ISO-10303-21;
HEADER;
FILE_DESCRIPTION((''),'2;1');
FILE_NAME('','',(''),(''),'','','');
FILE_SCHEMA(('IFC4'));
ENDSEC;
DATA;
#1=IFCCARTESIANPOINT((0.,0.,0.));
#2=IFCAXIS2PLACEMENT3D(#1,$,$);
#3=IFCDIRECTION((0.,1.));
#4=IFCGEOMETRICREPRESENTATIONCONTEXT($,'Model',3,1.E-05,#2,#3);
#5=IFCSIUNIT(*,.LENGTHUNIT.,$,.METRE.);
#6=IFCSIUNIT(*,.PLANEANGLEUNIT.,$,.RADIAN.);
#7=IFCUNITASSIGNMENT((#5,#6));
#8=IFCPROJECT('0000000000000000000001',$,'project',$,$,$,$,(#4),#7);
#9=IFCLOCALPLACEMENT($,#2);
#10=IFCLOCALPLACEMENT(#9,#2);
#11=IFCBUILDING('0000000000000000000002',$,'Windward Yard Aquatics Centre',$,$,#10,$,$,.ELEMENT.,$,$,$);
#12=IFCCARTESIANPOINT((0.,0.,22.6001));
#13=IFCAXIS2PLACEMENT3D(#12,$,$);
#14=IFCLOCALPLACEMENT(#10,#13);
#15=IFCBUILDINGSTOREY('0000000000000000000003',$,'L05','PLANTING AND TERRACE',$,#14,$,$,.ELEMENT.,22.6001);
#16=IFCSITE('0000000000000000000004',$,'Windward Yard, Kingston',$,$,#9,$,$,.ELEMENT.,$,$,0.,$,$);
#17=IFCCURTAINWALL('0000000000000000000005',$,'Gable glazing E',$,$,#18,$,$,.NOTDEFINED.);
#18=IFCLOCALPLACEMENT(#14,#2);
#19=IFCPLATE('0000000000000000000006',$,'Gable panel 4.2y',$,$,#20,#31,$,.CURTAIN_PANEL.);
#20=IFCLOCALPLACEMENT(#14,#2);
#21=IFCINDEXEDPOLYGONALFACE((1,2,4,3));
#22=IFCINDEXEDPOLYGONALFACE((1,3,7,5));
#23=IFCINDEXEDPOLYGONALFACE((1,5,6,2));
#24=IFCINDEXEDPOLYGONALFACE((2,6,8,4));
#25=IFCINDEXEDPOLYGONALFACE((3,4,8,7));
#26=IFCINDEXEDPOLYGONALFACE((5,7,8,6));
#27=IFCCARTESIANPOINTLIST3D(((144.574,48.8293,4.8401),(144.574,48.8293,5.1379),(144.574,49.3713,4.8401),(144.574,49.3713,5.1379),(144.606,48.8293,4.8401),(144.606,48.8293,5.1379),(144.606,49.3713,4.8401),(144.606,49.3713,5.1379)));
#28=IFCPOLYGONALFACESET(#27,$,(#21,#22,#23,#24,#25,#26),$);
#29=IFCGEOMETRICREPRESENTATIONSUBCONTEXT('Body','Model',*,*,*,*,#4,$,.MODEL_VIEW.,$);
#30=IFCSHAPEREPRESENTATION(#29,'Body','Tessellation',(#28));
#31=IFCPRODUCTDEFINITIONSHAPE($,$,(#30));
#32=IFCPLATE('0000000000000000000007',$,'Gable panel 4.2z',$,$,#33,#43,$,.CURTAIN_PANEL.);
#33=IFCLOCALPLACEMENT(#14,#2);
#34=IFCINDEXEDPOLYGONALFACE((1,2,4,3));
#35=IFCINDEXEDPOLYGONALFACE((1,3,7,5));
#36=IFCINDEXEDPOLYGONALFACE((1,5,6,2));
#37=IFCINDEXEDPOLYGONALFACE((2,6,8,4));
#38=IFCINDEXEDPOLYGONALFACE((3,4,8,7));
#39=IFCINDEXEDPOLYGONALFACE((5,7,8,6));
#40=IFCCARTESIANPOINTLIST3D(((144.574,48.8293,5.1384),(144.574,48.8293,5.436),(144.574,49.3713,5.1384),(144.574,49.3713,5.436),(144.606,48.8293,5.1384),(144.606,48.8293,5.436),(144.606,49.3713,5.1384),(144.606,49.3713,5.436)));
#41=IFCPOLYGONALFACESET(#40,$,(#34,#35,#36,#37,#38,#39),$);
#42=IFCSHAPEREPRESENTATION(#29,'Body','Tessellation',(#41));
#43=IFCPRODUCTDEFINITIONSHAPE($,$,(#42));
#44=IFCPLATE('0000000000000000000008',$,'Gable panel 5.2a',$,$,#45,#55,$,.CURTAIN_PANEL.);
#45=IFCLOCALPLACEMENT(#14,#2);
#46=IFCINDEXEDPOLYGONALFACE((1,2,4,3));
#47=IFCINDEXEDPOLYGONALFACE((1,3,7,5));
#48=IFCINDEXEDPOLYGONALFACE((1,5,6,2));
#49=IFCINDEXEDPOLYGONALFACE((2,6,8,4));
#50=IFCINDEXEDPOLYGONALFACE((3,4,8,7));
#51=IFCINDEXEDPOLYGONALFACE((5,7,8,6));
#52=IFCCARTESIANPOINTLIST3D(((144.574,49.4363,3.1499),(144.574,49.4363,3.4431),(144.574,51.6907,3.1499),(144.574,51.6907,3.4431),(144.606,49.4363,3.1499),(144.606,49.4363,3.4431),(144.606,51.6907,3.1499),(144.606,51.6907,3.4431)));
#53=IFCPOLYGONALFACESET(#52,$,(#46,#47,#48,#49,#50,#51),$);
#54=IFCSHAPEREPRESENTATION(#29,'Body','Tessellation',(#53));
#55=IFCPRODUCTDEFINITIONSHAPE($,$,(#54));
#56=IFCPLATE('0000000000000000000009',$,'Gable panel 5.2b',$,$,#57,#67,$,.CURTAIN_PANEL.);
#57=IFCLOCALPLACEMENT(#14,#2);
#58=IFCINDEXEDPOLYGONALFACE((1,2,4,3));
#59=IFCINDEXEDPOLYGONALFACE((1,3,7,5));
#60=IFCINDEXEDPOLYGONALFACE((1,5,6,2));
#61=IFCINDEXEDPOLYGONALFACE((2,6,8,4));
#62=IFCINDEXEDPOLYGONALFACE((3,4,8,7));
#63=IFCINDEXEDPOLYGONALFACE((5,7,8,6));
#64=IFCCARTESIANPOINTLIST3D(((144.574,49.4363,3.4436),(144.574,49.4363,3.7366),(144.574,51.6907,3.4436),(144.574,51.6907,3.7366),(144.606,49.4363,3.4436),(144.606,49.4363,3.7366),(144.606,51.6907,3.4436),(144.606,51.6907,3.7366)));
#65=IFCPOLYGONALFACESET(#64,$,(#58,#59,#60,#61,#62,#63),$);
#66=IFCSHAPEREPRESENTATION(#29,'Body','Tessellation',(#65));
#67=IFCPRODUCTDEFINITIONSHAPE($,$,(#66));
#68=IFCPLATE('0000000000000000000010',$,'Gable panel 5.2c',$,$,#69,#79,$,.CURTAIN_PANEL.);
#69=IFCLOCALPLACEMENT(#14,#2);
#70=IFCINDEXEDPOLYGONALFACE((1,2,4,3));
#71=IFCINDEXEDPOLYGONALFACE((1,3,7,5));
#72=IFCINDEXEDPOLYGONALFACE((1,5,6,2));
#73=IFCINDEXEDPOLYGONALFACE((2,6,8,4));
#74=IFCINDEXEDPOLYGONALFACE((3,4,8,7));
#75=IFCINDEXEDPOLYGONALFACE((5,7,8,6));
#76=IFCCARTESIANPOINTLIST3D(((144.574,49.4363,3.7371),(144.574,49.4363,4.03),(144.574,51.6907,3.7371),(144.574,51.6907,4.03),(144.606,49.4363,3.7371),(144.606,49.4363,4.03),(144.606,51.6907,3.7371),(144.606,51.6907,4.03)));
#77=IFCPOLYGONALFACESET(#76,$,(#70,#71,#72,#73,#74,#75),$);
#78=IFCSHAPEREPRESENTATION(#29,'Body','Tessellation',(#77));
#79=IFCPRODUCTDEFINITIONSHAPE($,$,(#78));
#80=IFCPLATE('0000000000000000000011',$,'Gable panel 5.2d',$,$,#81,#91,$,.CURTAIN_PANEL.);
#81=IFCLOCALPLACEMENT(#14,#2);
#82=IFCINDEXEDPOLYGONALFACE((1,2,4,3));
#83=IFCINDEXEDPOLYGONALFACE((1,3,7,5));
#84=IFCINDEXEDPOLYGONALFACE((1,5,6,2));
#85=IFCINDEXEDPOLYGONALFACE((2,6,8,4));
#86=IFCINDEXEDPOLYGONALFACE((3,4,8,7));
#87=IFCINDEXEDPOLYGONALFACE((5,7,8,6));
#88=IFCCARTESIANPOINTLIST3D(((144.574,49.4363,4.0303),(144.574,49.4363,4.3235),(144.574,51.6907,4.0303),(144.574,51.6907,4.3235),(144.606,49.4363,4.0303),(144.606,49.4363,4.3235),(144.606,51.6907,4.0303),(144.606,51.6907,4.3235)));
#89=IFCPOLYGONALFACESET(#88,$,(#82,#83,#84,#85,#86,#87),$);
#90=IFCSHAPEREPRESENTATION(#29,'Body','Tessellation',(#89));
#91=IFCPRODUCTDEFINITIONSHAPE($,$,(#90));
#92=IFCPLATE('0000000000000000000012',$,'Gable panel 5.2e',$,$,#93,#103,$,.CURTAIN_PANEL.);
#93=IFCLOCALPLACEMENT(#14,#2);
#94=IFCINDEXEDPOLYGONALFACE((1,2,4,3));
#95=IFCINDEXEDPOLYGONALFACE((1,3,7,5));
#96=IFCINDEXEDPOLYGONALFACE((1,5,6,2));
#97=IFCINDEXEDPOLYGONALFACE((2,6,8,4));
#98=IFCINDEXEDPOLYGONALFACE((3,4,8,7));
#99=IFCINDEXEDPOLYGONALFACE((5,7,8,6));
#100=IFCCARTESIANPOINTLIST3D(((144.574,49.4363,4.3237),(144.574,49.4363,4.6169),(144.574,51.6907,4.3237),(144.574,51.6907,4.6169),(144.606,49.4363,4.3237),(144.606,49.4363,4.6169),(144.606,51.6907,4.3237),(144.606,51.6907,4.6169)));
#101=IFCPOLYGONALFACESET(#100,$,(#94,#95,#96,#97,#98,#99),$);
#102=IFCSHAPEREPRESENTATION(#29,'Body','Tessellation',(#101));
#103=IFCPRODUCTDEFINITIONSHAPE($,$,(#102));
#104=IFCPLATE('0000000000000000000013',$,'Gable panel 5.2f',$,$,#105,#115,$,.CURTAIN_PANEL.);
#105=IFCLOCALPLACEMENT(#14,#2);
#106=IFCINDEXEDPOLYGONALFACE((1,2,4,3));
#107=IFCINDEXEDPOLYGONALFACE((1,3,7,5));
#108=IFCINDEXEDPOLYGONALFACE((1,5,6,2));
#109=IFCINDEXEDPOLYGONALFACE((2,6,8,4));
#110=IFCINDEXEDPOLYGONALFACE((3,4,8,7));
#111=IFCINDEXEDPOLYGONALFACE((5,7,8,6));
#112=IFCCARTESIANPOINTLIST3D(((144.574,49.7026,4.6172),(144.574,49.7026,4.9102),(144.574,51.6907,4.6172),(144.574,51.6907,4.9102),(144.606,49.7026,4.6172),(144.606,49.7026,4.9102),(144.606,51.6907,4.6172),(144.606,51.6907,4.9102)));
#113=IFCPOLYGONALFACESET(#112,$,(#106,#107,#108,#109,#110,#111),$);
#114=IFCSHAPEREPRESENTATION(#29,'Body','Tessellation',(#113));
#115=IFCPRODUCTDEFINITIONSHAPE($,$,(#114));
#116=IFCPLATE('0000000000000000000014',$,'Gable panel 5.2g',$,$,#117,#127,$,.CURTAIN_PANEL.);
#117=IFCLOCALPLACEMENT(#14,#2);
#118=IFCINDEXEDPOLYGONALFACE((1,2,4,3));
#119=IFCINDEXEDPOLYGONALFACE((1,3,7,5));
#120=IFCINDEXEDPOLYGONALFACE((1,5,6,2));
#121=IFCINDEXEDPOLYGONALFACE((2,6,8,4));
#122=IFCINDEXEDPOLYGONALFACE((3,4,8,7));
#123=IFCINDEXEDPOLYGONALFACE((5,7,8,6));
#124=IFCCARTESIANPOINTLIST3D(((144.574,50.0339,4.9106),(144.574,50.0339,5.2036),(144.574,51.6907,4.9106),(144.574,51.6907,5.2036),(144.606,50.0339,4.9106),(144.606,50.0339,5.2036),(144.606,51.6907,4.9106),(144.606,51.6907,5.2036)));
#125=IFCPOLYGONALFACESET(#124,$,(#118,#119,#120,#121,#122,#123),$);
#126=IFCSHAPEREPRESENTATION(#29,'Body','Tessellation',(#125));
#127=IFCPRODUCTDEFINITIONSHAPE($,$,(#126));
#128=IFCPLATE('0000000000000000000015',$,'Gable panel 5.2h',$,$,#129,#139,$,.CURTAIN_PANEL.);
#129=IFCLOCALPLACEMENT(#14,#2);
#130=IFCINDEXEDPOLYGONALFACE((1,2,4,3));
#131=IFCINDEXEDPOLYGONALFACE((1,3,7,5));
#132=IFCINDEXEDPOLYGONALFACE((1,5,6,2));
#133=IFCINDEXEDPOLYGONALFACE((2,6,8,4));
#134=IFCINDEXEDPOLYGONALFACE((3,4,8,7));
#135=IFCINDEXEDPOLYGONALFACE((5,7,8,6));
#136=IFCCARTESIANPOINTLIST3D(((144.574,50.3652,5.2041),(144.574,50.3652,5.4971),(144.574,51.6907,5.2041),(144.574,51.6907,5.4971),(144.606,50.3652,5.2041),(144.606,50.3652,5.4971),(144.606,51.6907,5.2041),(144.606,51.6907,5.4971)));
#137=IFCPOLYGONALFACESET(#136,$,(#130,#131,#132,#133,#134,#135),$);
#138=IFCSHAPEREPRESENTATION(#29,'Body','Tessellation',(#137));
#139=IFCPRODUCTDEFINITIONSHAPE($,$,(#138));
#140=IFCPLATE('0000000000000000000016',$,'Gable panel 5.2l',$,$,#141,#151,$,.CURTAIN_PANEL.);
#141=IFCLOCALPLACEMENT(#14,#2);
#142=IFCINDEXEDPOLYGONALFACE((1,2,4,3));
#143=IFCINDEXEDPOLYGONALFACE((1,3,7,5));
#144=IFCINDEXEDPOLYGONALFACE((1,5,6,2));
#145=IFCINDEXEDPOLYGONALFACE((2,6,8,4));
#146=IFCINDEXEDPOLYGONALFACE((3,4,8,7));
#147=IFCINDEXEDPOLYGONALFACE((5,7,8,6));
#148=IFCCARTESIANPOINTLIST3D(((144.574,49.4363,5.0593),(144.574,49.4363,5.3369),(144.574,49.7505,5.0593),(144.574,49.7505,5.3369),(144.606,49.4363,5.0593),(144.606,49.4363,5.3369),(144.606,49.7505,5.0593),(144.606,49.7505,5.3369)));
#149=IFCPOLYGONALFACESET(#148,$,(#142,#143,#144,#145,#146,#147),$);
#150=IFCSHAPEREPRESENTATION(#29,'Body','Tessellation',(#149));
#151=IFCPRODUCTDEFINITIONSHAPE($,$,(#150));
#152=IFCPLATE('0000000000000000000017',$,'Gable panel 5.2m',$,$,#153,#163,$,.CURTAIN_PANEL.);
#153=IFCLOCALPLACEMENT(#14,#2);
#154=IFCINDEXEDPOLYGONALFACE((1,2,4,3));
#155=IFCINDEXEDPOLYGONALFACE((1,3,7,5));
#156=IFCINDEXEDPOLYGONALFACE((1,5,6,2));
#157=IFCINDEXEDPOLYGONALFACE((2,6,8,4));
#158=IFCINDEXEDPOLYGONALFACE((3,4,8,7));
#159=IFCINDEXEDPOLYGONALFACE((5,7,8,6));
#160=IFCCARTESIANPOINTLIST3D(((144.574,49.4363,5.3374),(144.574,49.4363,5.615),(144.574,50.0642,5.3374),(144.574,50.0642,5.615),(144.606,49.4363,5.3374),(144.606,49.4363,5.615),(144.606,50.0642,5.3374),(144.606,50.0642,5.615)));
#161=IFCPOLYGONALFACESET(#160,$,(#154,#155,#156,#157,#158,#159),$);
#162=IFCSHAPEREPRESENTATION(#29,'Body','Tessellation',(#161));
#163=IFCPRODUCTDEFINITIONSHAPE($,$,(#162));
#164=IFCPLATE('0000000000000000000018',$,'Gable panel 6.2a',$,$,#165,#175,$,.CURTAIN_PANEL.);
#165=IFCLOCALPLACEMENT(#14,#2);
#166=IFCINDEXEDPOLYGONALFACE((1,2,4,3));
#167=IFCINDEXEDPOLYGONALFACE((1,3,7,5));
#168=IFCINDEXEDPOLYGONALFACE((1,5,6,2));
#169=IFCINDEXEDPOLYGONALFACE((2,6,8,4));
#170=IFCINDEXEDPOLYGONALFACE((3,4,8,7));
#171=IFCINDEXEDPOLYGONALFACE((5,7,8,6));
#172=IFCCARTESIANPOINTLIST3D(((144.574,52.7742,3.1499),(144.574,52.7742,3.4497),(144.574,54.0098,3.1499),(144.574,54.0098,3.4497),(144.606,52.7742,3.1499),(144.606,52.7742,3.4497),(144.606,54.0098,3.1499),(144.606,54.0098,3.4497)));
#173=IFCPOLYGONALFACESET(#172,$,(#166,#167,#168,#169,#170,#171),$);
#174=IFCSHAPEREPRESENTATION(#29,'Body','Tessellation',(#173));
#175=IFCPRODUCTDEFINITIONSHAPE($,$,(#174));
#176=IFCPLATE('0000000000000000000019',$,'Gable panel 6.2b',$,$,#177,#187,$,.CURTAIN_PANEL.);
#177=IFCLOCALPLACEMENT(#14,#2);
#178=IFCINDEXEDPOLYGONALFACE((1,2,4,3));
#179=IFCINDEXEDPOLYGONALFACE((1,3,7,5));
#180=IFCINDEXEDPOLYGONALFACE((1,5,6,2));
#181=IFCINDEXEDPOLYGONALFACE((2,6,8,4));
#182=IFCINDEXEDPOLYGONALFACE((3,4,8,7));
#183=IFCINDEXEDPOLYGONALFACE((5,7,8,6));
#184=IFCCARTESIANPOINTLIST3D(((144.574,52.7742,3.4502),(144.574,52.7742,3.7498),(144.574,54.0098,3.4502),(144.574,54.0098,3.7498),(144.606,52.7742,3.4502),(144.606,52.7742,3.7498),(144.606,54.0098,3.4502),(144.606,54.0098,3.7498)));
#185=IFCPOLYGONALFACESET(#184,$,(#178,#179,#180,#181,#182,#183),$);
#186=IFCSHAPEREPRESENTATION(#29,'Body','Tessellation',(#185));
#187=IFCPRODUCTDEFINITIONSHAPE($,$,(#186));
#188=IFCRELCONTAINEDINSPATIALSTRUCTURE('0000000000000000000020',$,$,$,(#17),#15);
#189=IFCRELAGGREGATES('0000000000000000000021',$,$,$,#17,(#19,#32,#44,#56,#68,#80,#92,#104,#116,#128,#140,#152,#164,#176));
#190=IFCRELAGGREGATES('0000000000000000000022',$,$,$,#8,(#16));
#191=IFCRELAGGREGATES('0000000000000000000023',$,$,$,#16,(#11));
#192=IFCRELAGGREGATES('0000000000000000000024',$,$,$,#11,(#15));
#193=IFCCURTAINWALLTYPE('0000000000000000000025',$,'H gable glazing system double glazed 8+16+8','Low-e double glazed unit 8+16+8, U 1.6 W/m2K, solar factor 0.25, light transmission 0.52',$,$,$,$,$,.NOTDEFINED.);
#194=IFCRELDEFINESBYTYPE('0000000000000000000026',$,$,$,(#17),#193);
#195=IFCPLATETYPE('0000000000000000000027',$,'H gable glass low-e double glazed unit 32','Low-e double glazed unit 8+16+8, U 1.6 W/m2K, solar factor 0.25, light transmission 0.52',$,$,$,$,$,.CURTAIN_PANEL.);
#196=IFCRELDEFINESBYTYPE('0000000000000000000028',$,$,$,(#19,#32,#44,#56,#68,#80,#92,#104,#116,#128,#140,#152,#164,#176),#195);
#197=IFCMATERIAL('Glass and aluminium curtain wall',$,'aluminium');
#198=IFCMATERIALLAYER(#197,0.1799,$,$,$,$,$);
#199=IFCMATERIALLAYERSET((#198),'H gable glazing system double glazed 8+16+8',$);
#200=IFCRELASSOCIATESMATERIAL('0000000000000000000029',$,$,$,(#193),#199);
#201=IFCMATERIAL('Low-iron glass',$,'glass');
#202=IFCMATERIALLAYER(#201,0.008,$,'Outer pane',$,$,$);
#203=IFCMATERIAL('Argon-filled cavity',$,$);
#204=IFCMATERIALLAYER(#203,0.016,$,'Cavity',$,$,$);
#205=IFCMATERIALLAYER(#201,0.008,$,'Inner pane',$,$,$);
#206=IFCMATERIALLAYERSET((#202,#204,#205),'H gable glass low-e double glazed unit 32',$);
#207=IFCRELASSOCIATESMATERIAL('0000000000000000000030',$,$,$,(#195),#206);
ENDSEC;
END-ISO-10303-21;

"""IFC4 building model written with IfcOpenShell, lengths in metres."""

from ifc_helpers import new_model, si_unit, direction, frame, origin, place, context, subcontext, project, spatial, polyline, outline, extrude, material, layer, layer_set, type_object, element, aggregate, save


model = new_model("IFC4")

# Units and contexts
model_context = context("Model", 3, precision=1e-05, world=origin(), true_north=direction((0.0, 1.0)))
body_context = subcontext(model_context, "Body", "Model", "MODEL_VIEW")
ifc_project = project(units=[si_unit("LENGTHUNIT", "METRE"), si_unit("PLANEANGLEUNIT", "RADIAN")], contexts=[model_context])

# Site, building, storey
site_placement = place(None, origin())
site = spatial("IfcSite", under=ifc_project, at=site_placement, Name="Windward Yard, Kingston", CompositionType="ELEMENT", RefElevation=0.0)
building_placement = place(site_placement, origin())
building = spatial("IfcBuilding", under=site, at=building_placement, Name="Windward Yard Aquatics Centre", CompositionType="ELEMENT")
storey_placement = place(building_placement, frame((0.0, 0.0, 22.6001)))
storey = spatial("IfcBuildingStorey", under=building, at=storey_placement, Name="L05", Description="PLANTING AND TERRACE", CompositionType="ELEMENT", Elevation=22.6001)

# Curtain wall, plates
ifc_material_1 = material(Name="Glass and aluminium curtain wall", Category="aluminium")
ifc_layer_1 = layer(ifc_material_1, 0.1799)
ifc_layer_set_1 = layer_set([ifc_layer_1], Name="H gable glazing system double glazed 8+16+8")
curtain_wall_type = type_object("IfcCurtainWallType", Name="H gable glazing system double glazed 8+16+8", Description="Low-e double glazed unit 8+16+8, U 1.6 W/m2K, solar factor 0.25, light transmission 0.52", PredefinedType="NOTDEFINED", material=ifc_layer_set_1)
curtain_wall_placement = place(storey_placement, origin())
curtain_wall = element("IfcCurtainWall", 1, at=curtain_wall_placement, inside=storey, type_object=curtain_wall_type, Name="Gable glazing E", PredefinedType="NOTDEFINED")
ifc_material_2 = material(Name="Low-iron glass", Category="glass")
ifc_layer_2 = layer(ifc_material_2, 0.008, Name="Outer pane")
ifc_material_3 = material(Name="Argon-filled cavity")
ifc_layer_3 = layer(ifc_material_3, 0.016, Name="Cavity")
ifc_layer_4 = layer(ifc_material_2, 0.008, Name="Inner pane")
ifc_layer_set_2 = layer_set([ifc_layer_2, ifc_layer_3, ifc_layer_4], Name="H gable glass low-e double glazed unit 32")
plate_type = type_object("IfcPlateType", Name="H gable glass low-e double glazed unit 32", Description="Low-e double glazed unit 8+16+8, U 1.6 W/m2K, solar factor 0.25, light transmission 0.52", PredefinedType="CURTAIN_PANEL", material=ifc_layer_set_2)
plate_1_placement = place(storey_placement, frame((144.606, 48.8293, 4.8401), z_axis=(1.0, 0.0, 0.0), x_axis=(0.0, 1.0, 0.0)))
plate_1 = element("IfcPlate", 2, at=plate_1_placement, type_object=plate_type, Name="Gable panel 4.2y", PredefinedType="CURTAIN_PANEL", context=body_context, shape_type="SweptSolid", body=[
    extrude(outline(polyline([(0.0, 0.0), (0.542, 0.0), (0.542, 0.2979), (0.0, 0.2979), (0.0, 0.0)])), origin(), (0.0, 0.0, -1.0), 0.032),
])
plate_2_placement = place(storey_placement, frame((144.606, 48.8293, 5.1384), z_axis=(1.0, 0.0, 0.0), x_axis=(0.0, 1.0, 0.0)))
plate_2 = element("IfcPlate", 3, at=plate_2_placement, type_object=plate_type, Name="Gable panel 4.2z", PredefinedType="CURTAIN_PANEL", context=body_context, shape_type="SweptSolid", body=[
    extrude(outline(polyline([(0.0, 0.0), (0.542, 0.0), (0.542, 0.2976), (0.0, 0.2976), (0.0, 0.0)])), origin(), (0.0, 0.0, -1.0), 0.032),
])
plate_3_placement = place(storey_placement, frame((144.606, 49.4363, 3.1499), z_axis=(1.0, 0.0, 0.0), x_axis=(0.0, 1.0, 0.0)))
plate_3 = element("IfcPlate", 4, at=plate_3_placement, type_object=plate_type, Name="Gable panel 5.2a", PredefinedType="CURTAIN_PANEL", context=body_context, shape_type="SweptSolid", body=[
    extrude(outline(polyline([(0.0, 0.0), (2.2544, 0.0), (2.2544, 0.2932), (0.0, 0.2932), (0.0, 0.0)])), origin(), (0.0, 0.0, -1.0), 0.032),
])
plate_4_placement = place(storey_placement, frame((144.606, 49.4363, 3.4436), z_axis=(1.0, 0.0, 0.0), x_axis=(0.0, 1.0, 0.0)))
plate_4 = element("IfcPlate", 5, at=plate_4_placement, type_object=plate_type, Name="Gable panel 5.2b", PredefinedType="CURTAIN_PANEL", context=body_context, shape_type="SweptSolid", body=[
    extrude(outline(polyline([(0.0, 0.0), (2.2544, 0.0), (2.2544, 0.293), (0.0, 0.293), (0.0, 0.0)])), origin(), (0.0, 0.0, -1.0), 0.032),
])
plate_5_placement = place(storey_placement, frame((144.606, 49.4363, 3.7371), z_axis=(1.0, 0.0, 0.0), x_axis=(0.0, 1.0, 0.0)))
plate_5 = element("IfcPlate", 6, at=plate_5_placement, type_object=plate_type, Name="Gable panel 5.2c", PredefinedType="CURTAIN_PANEL", context=body_context, shape_type="SweptSolid", body=[
    extrude(outline(polyline([(0.0, 0.0), (2.2544, 0.0), (2.2544, 0.293), (0.0, 0.293), (0.0, 0.0)])), origin(), (0.0, 0.0, -1.0), 0.032),
])
plate_6_placement = place(storey_placement, frame((144.606, 49.4363, 4.0303), z_axis=(1.0, 0.0, 0.0), x_axis=(0.0, 1.0, 0.0)))
plate_6 = element("IfcPlate", 7, at=plate_6_placement, type_object=plate_type, Name="Gable panel 5.2d", PredefinedType="CURTAIN_PANEL", context=body_context, shape_type="SweptSolid", body=[
    extrude(outline(polyline([(0.0, 0.0), (2.2544, 0.0), (2.2544, 0.2932), (0.0, 0.2932), (0.0, 0.0)])), origin(), (0.0, 0.0, -1.0), 0.032),
])
plate_7_placement = place(storey_placement, frame((144.606, 49.4363, 4.3237), z_axis=(1.0, 0.0, 0.0), x_axis=(0.0, 1.0, 0.0)))
plate_7 = element("IfcPlate", 8, at=plate_7_placement, type_object=plate_type, Name="Gable panel 5.2e", PredefinedType="CURTAIN_PANEL", context=body_context, shape_type="SweptSolid", body=[
    extrude(outline(polyline([(0.0, 0.0), (2.2544, 0.0), (2.2544, 0.2932), (0.0, 0.2932), (0.0, 0.0)])), origin(), (0.0, 0.0, -1.0), 0.032),
])
plate_8_placement = place(storey_placement, frame((144.606, 49.7026, 4.6172), z_axis=(1.0, 0.0, 0.0), x_axis=(0.0, 1.0, 0.0)))
plate_8 = element("IfcPlate", 9, at=plate_8_placement, type_object=plate_type, Name="Gable panel 5.2f", PredefinedType="CURTAIN_PANEL", context=body_context, shape_type="SweptSolid", body=[
    extrude(outline(polyline([(0.0, 0.0), (1.988, 0.0), (1.988, 0.293), (0.0, 0.293), (0.0, 0.0)])), origin(), (0.0, 0.0, -1.0), 0.032),
])
plate_9_placement = place(storey_placement, frame((144.606, 50.0339, 4.9106), z_axis=(1.0, 0.0, 0.0), x_axis=(0.0, 1.0, 0.0)))
plate_9 = element("IfcPlate", 10, at=plate_9_placement, type_object=plate_type, Name="Gable panel 5.2g", PredefinedType="CURTAIN_PANEL", context=body_context, shape_type="SweptSolid", body=[
    extrude(outline(polyline([(0.0, 0.0), (1.6567, 0.0), (1.6567, 0.293), (0.0, 0.293), (0.0, 0.0)])), origin(), (0.0, 0.0, -1.0), 0.032),
])
plate_10_placement = place(storey_placement, frame((144.606, 50.3652, 5.2041), z_axis=(1.0, 0.0, 0.0), x_axis=(0.0, 1.0, 0.0)))
plate_10 = element("IfcPlate", 11, at=plate_10_placement, type_object=plate_type, Name="Gable panel 5.2h", PredefinedType="CURTAIN_PANEL", context=body_context, shape_type="SweptSolid", body=[
    extrude(outline(polyline([(0.0, 0.0), (1.3254, 0.0), (1.3254, 0.293), (0.0, 0.293), (0.0, 0.0)])), origin(), (0.0, 0.0, -1.0), 0.032),
])
plate_11_placement = place(storey_placement, frame((144.606, 49.4363, 5.0593), z_axis=(1.0, 0.0, 0.0), x_axis=(0.0, 1.0, 0.0)))
plate_11 = element("IfcPlate", 12, at=plate_11_placement, type_object=plate_type, Name="Gable panel 5.2l", PredefinedType="CURTAIN_PANEL", context=body_context, shape_type="SweptSolid", body=[
    extrude(outline(polyline([(0.0, 0.0), (0.3142, 0.0), (0.3142, 0.2776), (0.0, 0.2776), (0.0, 0.0)])), origin(), (0.0, 0.0, -1.0), 0.032),
])
plate_12_placement = place(storey_placement, frame((144.606, 49.4363, 5.3374), z_axis=(1.0, 0.0, 0.0), x_axis=(0.0, 1.0, 0.0)))
plate_12 = element("IfcPlate", 13, at=plate_12_placement, type_object=plate_type, Name="Gable panel 5.2m", PredefinedType="CURTAIN_PANEL", context=body_context, shape_type="SweptSolid", body=[
    extrude(outline(polyline([(0.0, 0.0), (0.6279, 0.0), (0.6279, 0.2776), (0.0, 0.2776), (0.0, 0.0)])), origin(), (0.0, 0.0, -1.0), 0.032),
])
plate_13_placement = place(storey_placement, frame((144.606, 52.7742, 3.1499), z_axis=(1.0, 0.0, 0.0), x_axis=(0.0, 1.0, 0.0)))
plate_13 = element("IfcPlate", 14, at=plate_13_placement, type_object=plate_type, Name="Gable panel 6.2a", PredefinedType="CURTAIN_PANEL", context=body_context, shape_type="SweptSolid", body=[
    extrude(outline(polyline([(0.0, 0.0), (1.2356, 0.0), (1.2356, 0.2998), (0.0, 0.2998), (0.0, 0.0)])), origin(), (0.0, 0.0, -1.0), 0.032),
])
plate_14_placement = place(storey_placement, frame((144.606, 52.7742, 3.4502), z_axis=(1.0, 0.0, 0.0), x_axis=(0.0, 1.0, 0.0)))
plate_14 = element("IfcPlate", 15, at=plate_14_placement, type_object=plate_type, Name="Gable panel 6.2b", PredefinedType="CURTAIN_PANEL", context=body_context, shape_type="SweptSolid", body=[
    extrude(outline(polyline([(0.0, 0.0), (1.2356, 0.0), (1.2356, 0.2996), (0.0, 0.2996), (0.0, 0.0)])), origin(), (0.0, 0.0, -1.0), 0.032),
])
aggregate(curtain_wall, [plate_1, plate_2, plate_3, plate_4, plate_5, plate_6, plate_7, plate_8, plate_9, plate_10, plate_11, plate_12, plate_13, plate_14])

save(model, "model.ifc")
